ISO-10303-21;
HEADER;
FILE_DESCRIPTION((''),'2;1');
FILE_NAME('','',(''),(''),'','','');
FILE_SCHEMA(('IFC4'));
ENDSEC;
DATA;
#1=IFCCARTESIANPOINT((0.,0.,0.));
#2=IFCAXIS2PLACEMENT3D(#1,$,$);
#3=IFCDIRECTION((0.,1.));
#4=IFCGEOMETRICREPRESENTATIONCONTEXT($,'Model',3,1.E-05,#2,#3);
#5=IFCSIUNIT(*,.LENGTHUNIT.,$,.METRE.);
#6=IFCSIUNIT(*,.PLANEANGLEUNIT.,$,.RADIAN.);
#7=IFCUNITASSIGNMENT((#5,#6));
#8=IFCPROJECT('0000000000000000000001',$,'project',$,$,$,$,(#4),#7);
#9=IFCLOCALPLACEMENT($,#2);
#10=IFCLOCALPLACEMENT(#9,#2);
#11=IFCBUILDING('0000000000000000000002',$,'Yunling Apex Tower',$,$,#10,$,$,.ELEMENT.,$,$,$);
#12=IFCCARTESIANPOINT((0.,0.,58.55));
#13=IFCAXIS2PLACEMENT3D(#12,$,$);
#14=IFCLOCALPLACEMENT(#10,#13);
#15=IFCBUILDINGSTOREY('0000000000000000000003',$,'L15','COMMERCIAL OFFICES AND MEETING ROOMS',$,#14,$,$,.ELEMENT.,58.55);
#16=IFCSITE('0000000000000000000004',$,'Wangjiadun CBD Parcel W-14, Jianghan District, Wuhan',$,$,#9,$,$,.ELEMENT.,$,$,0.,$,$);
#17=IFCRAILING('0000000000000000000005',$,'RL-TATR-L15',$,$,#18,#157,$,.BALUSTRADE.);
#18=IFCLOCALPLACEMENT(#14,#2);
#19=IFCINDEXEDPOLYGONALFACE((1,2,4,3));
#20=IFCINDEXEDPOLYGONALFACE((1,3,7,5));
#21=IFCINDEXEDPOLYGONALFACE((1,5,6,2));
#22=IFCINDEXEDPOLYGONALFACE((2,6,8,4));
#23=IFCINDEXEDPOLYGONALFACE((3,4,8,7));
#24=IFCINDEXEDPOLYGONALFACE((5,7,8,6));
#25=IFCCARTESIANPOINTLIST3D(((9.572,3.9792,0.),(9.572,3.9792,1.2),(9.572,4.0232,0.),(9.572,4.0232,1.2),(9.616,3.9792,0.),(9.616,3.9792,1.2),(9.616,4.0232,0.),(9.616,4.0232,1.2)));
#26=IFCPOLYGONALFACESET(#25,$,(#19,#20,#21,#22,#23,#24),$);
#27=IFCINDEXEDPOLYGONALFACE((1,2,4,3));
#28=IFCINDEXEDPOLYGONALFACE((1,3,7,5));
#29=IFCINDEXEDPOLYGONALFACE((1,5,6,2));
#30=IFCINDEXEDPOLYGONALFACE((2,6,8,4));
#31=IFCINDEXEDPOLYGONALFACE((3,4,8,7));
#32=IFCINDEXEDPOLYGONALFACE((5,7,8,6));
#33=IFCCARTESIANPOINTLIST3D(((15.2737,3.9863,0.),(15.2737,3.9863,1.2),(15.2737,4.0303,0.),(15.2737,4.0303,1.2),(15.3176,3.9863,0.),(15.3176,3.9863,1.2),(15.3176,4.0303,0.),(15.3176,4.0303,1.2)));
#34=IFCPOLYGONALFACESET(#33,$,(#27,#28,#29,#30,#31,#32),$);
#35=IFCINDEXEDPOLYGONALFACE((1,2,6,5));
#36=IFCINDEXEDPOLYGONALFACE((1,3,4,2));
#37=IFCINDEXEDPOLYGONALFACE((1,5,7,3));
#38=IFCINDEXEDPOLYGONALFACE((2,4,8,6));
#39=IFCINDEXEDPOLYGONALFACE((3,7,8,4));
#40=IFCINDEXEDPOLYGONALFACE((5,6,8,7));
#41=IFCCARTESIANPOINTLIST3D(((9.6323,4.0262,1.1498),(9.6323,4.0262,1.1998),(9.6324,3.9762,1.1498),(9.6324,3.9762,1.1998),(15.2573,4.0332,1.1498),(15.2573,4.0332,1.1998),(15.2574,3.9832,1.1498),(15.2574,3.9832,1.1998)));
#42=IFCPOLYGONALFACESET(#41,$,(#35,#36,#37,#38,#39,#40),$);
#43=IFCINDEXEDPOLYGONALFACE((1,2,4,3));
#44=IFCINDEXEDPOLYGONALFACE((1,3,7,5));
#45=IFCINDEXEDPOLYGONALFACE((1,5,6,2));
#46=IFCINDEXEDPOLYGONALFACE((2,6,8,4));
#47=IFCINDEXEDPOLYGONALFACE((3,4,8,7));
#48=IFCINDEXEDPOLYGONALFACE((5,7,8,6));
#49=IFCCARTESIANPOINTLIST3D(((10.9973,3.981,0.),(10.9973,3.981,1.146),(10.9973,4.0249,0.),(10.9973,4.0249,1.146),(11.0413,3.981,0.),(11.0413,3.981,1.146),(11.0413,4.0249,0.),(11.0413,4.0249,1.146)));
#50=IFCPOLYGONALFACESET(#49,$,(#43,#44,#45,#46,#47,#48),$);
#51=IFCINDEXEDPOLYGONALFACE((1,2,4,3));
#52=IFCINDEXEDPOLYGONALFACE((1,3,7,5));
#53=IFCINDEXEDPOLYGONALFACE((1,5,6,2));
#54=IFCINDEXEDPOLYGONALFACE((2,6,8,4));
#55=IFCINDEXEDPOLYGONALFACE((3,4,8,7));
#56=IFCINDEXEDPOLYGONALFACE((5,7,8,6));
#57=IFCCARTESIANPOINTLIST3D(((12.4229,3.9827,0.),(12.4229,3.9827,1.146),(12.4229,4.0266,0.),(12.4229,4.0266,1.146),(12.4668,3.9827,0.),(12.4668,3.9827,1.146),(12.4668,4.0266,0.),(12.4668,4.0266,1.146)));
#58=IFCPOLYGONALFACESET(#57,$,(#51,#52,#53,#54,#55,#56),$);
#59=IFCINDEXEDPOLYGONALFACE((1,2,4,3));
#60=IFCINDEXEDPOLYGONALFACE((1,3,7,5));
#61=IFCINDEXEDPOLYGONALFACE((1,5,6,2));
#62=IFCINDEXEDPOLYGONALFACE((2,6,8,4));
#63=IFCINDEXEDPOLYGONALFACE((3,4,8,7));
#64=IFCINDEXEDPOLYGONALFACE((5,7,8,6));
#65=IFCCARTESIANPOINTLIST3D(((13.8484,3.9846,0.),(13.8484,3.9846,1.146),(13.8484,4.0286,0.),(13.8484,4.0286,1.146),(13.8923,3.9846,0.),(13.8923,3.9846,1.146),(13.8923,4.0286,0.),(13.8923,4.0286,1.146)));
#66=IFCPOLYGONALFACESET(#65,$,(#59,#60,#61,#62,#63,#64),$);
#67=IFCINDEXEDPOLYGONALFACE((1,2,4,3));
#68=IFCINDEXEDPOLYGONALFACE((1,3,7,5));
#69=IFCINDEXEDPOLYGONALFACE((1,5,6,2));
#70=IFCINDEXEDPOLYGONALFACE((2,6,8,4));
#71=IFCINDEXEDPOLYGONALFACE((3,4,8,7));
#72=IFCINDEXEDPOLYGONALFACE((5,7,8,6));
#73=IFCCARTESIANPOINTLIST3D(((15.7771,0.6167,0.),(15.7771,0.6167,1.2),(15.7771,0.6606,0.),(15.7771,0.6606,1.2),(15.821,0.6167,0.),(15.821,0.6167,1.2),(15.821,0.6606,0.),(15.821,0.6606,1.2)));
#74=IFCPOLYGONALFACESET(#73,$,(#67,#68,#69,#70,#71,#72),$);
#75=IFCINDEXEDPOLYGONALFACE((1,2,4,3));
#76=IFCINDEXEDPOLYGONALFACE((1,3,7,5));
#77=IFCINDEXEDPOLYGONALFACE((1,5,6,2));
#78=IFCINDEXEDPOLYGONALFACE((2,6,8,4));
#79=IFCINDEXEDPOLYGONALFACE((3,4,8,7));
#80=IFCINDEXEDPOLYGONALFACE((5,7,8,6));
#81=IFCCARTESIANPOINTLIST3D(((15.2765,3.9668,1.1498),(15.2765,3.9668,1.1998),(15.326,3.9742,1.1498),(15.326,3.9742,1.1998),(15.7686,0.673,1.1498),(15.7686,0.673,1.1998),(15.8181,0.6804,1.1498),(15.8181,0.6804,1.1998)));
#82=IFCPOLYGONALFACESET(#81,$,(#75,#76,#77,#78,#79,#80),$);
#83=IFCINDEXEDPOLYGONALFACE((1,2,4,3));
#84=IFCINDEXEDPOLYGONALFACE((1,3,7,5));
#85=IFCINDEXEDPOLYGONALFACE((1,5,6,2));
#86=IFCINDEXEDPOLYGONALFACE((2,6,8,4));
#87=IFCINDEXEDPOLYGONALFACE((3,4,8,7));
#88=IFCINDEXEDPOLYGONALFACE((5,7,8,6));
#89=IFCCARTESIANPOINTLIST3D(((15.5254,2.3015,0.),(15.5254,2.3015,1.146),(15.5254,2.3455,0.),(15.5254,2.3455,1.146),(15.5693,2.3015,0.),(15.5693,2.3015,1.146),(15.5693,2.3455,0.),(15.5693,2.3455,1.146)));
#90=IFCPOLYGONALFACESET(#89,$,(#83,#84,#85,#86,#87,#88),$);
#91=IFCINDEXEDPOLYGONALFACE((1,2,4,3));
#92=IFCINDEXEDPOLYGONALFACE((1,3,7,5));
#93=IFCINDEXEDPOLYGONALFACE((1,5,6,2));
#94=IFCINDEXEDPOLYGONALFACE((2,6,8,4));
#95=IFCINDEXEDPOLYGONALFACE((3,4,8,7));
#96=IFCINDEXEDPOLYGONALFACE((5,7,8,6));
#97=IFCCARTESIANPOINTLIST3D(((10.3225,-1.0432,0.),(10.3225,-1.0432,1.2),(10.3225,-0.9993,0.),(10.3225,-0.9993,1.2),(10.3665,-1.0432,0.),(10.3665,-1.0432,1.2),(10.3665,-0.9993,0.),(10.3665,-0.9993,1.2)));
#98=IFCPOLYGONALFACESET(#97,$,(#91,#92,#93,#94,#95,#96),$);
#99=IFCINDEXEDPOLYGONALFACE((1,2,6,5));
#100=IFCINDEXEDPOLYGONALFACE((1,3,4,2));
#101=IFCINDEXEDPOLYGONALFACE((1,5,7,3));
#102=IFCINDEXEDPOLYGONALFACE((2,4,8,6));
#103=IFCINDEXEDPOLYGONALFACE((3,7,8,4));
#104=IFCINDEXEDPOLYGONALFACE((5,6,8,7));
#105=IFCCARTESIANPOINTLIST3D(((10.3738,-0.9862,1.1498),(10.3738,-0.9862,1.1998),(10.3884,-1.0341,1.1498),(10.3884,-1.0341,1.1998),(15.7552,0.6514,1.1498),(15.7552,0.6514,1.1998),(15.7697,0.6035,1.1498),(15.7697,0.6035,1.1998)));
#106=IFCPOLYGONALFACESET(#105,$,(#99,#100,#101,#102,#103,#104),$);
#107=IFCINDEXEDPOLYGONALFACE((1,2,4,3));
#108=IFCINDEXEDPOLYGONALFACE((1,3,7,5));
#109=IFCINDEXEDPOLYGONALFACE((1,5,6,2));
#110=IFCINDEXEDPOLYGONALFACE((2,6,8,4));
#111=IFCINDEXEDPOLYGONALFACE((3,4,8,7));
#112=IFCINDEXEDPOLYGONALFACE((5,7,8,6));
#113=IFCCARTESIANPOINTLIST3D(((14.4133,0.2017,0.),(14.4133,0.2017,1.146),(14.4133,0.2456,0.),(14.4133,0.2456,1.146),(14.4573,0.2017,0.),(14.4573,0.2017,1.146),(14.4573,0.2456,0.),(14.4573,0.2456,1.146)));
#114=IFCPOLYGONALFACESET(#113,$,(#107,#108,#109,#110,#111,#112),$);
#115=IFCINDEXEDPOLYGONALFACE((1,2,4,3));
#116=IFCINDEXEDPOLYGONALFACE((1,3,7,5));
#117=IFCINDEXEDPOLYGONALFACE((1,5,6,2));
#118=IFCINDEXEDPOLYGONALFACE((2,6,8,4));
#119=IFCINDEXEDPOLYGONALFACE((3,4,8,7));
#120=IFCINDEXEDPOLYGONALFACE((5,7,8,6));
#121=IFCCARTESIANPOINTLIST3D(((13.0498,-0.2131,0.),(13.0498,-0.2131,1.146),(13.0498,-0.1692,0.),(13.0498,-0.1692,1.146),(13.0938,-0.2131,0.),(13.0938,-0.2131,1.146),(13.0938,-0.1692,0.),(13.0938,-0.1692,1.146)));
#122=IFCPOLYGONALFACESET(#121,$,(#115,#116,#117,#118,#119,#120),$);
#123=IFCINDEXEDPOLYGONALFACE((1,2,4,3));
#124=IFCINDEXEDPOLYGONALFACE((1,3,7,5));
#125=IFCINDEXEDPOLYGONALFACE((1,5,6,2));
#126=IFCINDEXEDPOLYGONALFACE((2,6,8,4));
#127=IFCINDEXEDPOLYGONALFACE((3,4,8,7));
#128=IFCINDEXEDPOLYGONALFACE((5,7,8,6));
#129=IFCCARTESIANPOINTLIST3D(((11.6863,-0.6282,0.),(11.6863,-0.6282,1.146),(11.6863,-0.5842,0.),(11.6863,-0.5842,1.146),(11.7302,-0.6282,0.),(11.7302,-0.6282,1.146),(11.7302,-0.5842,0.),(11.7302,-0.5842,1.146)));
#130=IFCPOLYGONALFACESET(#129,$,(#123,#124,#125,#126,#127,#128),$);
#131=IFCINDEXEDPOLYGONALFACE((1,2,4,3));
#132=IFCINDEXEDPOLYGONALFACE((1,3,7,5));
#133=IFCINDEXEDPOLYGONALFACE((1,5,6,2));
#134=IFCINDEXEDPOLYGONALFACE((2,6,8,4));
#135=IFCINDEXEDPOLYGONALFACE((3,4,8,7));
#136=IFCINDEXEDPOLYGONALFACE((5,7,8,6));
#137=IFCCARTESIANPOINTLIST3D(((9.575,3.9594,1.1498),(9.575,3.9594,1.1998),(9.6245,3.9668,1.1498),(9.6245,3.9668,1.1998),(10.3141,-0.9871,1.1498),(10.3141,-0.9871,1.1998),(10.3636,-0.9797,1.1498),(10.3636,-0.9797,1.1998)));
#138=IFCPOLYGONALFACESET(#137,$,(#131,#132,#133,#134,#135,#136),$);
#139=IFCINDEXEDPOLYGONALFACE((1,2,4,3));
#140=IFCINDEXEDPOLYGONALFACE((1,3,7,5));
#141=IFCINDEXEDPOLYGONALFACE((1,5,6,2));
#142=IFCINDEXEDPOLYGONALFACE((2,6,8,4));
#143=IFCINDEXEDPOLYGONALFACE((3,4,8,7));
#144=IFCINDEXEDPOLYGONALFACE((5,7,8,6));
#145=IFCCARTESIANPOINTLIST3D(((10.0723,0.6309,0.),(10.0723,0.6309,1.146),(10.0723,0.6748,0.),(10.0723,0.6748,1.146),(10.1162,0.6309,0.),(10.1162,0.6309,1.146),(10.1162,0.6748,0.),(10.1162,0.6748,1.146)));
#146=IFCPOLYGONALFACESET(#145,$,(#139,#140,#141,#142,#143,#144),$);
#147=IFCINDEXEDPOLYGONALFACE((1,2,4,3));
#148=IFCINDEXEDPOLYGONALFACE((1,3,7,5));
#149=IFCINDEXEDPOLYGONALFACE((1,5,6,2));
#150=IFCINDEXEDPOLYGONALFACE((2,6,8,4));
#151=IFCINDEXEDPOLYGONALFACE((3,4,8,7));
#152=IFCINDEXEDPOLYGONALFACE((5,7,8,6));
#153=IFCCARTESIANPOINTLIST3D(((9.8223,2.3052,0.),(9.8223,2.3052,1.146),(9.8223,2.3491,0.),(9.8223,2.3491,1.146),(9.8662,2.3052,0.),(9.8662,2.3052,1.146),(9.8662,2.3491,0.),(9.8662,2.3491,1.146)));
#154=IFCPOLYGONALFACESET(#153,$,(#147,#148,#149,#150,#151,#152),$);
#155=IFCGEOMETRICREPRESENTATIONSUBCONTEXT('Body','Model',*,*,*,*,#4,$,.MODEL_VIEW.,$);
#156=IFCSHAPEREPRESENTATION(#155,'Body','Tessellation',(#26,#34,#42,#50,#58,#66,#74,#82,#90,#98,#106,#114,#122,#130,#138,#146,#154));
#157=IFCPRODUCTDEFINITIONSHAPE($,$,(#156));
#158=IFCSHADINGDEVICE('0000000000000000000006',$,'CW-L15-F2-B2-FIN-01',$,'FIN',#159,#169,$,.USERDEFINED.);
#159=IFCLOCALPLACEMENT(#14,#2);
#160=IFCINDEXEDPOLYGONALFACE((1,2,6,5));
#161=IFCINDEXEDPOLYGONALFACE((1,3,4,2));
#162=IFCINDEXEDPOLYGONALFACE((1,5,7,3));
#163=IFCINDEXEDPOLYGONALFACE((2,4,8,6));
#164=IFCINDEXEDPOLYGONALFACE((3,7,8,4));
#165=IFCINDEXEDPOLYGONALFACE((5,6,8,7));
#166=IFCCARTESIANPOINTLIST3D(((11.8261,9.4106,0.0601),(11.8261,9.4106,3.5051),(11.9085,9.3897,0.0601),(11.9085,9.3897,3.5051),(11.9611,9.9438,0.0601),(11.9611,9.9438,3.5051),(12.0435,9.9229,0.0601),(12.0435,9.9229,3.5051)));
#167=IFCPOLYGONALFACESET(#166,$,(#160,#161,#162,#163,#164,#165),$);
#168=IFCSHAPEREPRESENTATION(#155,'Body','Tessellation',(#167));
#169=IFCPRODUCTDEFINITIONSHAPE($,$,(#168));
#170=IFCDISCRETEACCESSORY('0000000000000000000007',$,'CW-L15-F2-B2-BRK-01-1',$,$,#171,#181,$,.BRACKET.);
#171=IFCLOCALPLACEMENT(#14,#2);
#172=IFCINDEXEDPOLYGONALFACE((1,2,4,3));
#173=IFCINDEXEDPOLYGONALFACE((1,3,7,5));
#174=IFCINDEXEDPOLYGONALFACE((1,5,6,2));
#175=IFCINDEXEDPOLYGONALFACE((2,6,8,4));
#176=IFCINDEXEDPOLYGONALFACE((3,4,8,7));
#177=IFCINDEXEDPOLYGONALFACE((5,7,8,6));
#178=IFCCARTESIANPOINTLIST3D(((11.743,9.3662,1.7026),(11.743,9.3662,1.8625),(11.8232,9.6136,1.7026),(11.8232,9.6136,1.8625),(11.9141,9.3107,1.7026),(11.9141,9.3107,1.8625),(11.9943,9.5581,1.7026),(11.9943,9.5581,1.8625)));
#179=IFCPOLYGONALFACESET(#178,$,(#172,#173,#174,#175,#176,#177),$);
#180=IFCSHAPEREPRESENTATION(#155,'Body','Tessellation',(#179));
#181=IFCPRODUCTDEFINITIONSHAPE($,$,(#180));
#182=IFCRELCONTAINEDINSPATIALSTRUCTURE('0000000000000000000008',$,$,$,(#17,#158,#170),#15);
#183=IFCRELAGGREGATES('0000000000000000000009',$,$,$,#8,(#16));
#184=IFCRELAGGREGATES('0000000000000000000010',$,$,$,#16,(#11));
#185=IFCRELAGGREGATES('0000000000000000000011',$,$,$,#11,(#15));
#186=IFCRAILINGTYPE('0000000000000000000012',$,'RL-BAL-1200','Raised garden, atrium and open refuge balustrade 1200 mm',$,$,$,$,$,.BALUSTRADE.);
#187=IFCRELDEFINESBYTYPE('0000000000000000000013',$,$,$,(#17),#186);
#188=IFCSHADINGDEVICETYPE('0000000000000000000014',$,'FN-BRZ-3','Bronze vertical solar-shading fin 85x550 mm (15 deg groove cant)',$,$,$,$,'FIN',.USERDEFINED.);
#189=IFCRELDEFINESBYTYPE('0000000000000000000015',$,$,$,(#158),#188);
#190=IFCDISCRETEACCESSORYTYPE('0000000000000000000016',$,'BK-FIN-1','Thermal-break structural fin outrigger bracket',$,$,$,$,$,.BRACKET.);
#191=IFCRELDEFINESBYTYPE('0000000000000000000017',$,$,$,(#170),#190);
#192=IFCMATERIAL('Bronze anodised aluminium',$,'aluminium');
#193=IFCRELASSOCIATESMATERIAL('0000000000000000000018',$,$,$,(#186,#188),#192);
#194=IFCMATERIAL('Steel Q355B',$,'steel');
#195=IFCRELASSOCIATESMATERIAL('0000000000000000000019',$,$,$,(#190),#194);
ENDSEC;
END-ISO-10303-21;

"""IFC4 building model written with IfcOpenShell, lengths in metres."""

from ifc_helpers import new_model, si_unit, direction, frame, origin, origin_2d, place, context, subcontext, project, spatial, rectangle, extrude, source, transform, mapped, material, material_profile, profile_set, type_object, element, save


model = new_model("IFC4")

# Units and contexts
model_context = context("Model", 3, precision=1e-05, world=origin(), true_north=direction((0.0, 1.0)))
body_context = subcontext(model_context, "Body", "Model", "MODEL_VIEW")
ifc_project = project(units=[si_unit("LENGTHUNIT", "METRE"), si_unit("PLANEANGLEUNIT", "RADIAN")], contexts=[model_context])

# Site, building, storey
site_placement = place(None, origin())
site = spatial("IfcSite", under=ifc_project, at=site_placement, Name="Wangjiadun CBD Parcel W-14, Jianghan District, Wuhan", CompositionType="ELEMENT", RefElevation=0.0)
building_placement = place(site_placement, origin())
building = spatial("IfcBuilding", under=site, at=building_placement, Name="Yunling Apex Tower", CompositionType="ELEMENT")
storey_placement = place(building_placement, frame((0.0, 0.0, 58.55)))
storey = spatial("IfcBuildingStorey", under=building, at=storey_placement, Name="L15", Description="COMMERCIAL OFFICES AND MEETING ROOMS", CompositionType="ELEMENT", Elevation=58.55)

# Shared definitions
ifc_material_1 = material(Name="Steel Q355B", Category="steel")

# Shared definitions
ifc_material_2 = material(Name="Bronze anodised aluminium", Category="aluminium")

# Railing
railing_type = type_object("IfcRailingType", Name="RL-BAL-1200", Description="Raised garden, atrium and open refuge balustrade 1200 mm", PredefinedType="BALUSTRADE", material=ifc_material_2)
railing_1_placement = place(storey_placement, frame((9.594, 4.0012, 0.0)))
element("IfcRailing", 1, at=railing_1_placement, inside=storey, type_object=railing_type, Name="RL-TATR-L15", PredefinedType="BALUSTRADE", context=body_context, shape_type="SweptSolid", body=[
    extrude(rectangle(XDim=0.0439, YDim=0.0439, at=origin_2d()), origin(), (0.0, 0.0, 1.0), 1.2),
    extrude(rectangle(XDim=0.0439, YDim=0.0439, at=origin_2d()), frame((5.7017, 0.0071, 0.0)), (0.0, 0.0, 1.0), 1.2),
    extrude(rectangle(XDim=0.05, YDim=0.05, at=origin_2d()), frame((0.0383, 0.0, 1.1748), z_axis=(0.999999, 0.001242, 0.0), x_axis=(-0.001242, 0.999999, 0.0)), (0.0, 0.0, 1.0), 5.625),
    extrude(rectangle(XDim=0.0439, YDim=0.0439, at=origin_2d()), frame((1.4253, 0.0017, 0.0)), (0.0, 0.0, 1.0), 1.146),
    extrude(rectangle(XDim=0.0439, YDim=0.0439, at=origin_2d()), frame((2.8508, 0.0034, 0.0)), (0.0, 0.0, 1.0), 1.146),
    extrude(rectangle(XDim=0.0439, YDim=0.0439, at=origin_2d()), frame((4.2764, 0.0054, 0.0)), (0.0, 0.0, 1.0), 1.146),
    extrude(rectangle(XDim=0.0439, YDim=0.0439, at=origin_2d()), frame((6.2051, -3.3625, 0.0)), (0.0, 0.0, 1.0), 1.2),
    extrude(rectangle(XDim=0.05, YDim=0.05, at=origin_2d()), frame((5.7073, -0.0308, 1.1748), z_axis=(0.147759, -0.989023, 0.0), x_axis=(0.989023, 0.147759, 0.0)), (0.0, 0.0, 1.0), 3.3303),
    extrude(rectangle(XDim=0.0439, YDim=0.0439, at=origin_2d()), frame((5.9534, -1.6777, 0.0)), (0.0, 0.0, 1.0), 1.146),
    extrude(rectangle(XDim=0.0439, YDim=0.0439, at=origin_2d()), frame((0.7505, -5.0225, 0.0)), (0.0, 0.0, 1.0), 1.2),
    extrude(rectangle(XDim=0.05, YDim=0.05, at=origin_2d()), frame((6.1685, -3.3738, 1.1748), z_axis=(-0.956683, -0.291133, 0.0), x_axis=(0.291133, -0.956683, 0.0)), (0.0, 0.0, 1.0), 5.625),
    extrude(rectangle(XDim=0.0439, YDim=0.0439, at=origin_2d()), frame((4.8413, -3.7776, 0.0)), (0.0, 0.0, 1.0), 1.146),
    extrude(rectangle(XDim=0.0439, YDim=0.0439, at=origin_2d()), frame((3.4778, -4.1924, 0.0)), (0.0, 0.0, 1.0), 1.146),
    extrude(rectangle(XDim=0.0439, YDim=0.0439, at=origin_2d()), frame((2.1143, -4.6074, 0.0)), (0.0, 0.0, 1.0), 1.146),
    extrude(rectangle(XDim=0.05, YDim=0.05, at=origin_2d()), frame((0.7449, -4.9846, 1.1748), z_axis=(-0.147786, 0.989019, 0.0), x_axis=(-0.989019, -0.147786, 0.0)), (0.0, 0.0, 1.0), 5.0015),
    extrude(rectangle(XDim=0.0439, YDim=0.0439, at=origin_2d()), frame((0.5002, -3.3484, 0.0)), (0.0, 0.0, 1.0), 1.146),
    extrude(rectangle(XDim=0.0439, YDim=0.0439, at=origin_2d()), frame((0.2502, -1.6741, 0.0)), (0.0, 0.0, 1.0), 1.146),
])

# Shading device
ifc_material_profile_1 = material_profile(ifc_material_2, rectangle(XDim=0.085, YDim=0.55, at=origin_2d()))
ifc_profile_set_1 = profile_set([ifc_material_profile_1], Name="Bronze anodised aluminium")
shading_device_type = type_object("IfcShadingDeviceType", Name="FN-BRZ-3", Description="Bronze vertical solar-shading fin 85x550 mm (15 deg groove cant)", ElementType="FIN", PredefinedType="USERDEFINED", material=ifc_profile_set_1)
shared_shape_1 = source(origin(), body_context, "Body", "SweptSolid", [
    extrude(rectangle(XDim=0.085, YDim=0.55, at=origin_2d()), origin(), (0.0, 0.0, 1.0), 3.4451),
])
shading_device_placement = place(storey_placement, frame((11.9348, 9.6667, 0.0601), z_axis=(0.0, 0.0, 1.0), x_axis=(-0.969403, 0.245477, 0.0)))
element("IfcShadingDevice", 2, at=shading_device_placement, inside=storey, type_object=shading_device_type, Name="CW-L15-F2-B2-FIN-01", ObjectType="FIN", PredefinedType="USERDEFINED", context=body_context, shape_type="MappedRepresentation", body=[
    mapped(shared_shape_1, transform((0.0, 0.0, 0.0), scale=1.0)),
])

# Discrete accessory
discrete_accessory_type = type_object("IfcDiscreteAccessoryType", Name="BK-FIN-1", Description="Thermal-break structural fin outrigger bracket", PredefinedType="BRACKET", material=ifc_material_1)
shared_shape_2 = source(origin(), body_context, "Body", "SweptSolid", [
    extrude(rectangle(XDim=0.1799, YDim=0.26, at=origin_2d()), origin(), (0.0, 0.0, 1.0), 0.1599),
])
discrete_accessory_placement = place(storey_placement, frame((11.8687, 9.4622, 1.7026), z_axis=(0.0, 0.0, 1.0), x_axis=(-0.951272, 0.308353, 0.0)))
element("IfcDiscreteAccessory", 3, at=discrete_accessory_placement, inside=storey, type_object=discrete_accessory_type, Name="CW-L15-F2-B2-BRK-01-1", PredefinedType="BRACKET", context=body_context, shape_type="MappedRepresentation", body=[
    mapped(shared_shape_2, transform((0.0, 0.0, 0.0), scale=1.0)),
])

save(model, "model.ifc")
